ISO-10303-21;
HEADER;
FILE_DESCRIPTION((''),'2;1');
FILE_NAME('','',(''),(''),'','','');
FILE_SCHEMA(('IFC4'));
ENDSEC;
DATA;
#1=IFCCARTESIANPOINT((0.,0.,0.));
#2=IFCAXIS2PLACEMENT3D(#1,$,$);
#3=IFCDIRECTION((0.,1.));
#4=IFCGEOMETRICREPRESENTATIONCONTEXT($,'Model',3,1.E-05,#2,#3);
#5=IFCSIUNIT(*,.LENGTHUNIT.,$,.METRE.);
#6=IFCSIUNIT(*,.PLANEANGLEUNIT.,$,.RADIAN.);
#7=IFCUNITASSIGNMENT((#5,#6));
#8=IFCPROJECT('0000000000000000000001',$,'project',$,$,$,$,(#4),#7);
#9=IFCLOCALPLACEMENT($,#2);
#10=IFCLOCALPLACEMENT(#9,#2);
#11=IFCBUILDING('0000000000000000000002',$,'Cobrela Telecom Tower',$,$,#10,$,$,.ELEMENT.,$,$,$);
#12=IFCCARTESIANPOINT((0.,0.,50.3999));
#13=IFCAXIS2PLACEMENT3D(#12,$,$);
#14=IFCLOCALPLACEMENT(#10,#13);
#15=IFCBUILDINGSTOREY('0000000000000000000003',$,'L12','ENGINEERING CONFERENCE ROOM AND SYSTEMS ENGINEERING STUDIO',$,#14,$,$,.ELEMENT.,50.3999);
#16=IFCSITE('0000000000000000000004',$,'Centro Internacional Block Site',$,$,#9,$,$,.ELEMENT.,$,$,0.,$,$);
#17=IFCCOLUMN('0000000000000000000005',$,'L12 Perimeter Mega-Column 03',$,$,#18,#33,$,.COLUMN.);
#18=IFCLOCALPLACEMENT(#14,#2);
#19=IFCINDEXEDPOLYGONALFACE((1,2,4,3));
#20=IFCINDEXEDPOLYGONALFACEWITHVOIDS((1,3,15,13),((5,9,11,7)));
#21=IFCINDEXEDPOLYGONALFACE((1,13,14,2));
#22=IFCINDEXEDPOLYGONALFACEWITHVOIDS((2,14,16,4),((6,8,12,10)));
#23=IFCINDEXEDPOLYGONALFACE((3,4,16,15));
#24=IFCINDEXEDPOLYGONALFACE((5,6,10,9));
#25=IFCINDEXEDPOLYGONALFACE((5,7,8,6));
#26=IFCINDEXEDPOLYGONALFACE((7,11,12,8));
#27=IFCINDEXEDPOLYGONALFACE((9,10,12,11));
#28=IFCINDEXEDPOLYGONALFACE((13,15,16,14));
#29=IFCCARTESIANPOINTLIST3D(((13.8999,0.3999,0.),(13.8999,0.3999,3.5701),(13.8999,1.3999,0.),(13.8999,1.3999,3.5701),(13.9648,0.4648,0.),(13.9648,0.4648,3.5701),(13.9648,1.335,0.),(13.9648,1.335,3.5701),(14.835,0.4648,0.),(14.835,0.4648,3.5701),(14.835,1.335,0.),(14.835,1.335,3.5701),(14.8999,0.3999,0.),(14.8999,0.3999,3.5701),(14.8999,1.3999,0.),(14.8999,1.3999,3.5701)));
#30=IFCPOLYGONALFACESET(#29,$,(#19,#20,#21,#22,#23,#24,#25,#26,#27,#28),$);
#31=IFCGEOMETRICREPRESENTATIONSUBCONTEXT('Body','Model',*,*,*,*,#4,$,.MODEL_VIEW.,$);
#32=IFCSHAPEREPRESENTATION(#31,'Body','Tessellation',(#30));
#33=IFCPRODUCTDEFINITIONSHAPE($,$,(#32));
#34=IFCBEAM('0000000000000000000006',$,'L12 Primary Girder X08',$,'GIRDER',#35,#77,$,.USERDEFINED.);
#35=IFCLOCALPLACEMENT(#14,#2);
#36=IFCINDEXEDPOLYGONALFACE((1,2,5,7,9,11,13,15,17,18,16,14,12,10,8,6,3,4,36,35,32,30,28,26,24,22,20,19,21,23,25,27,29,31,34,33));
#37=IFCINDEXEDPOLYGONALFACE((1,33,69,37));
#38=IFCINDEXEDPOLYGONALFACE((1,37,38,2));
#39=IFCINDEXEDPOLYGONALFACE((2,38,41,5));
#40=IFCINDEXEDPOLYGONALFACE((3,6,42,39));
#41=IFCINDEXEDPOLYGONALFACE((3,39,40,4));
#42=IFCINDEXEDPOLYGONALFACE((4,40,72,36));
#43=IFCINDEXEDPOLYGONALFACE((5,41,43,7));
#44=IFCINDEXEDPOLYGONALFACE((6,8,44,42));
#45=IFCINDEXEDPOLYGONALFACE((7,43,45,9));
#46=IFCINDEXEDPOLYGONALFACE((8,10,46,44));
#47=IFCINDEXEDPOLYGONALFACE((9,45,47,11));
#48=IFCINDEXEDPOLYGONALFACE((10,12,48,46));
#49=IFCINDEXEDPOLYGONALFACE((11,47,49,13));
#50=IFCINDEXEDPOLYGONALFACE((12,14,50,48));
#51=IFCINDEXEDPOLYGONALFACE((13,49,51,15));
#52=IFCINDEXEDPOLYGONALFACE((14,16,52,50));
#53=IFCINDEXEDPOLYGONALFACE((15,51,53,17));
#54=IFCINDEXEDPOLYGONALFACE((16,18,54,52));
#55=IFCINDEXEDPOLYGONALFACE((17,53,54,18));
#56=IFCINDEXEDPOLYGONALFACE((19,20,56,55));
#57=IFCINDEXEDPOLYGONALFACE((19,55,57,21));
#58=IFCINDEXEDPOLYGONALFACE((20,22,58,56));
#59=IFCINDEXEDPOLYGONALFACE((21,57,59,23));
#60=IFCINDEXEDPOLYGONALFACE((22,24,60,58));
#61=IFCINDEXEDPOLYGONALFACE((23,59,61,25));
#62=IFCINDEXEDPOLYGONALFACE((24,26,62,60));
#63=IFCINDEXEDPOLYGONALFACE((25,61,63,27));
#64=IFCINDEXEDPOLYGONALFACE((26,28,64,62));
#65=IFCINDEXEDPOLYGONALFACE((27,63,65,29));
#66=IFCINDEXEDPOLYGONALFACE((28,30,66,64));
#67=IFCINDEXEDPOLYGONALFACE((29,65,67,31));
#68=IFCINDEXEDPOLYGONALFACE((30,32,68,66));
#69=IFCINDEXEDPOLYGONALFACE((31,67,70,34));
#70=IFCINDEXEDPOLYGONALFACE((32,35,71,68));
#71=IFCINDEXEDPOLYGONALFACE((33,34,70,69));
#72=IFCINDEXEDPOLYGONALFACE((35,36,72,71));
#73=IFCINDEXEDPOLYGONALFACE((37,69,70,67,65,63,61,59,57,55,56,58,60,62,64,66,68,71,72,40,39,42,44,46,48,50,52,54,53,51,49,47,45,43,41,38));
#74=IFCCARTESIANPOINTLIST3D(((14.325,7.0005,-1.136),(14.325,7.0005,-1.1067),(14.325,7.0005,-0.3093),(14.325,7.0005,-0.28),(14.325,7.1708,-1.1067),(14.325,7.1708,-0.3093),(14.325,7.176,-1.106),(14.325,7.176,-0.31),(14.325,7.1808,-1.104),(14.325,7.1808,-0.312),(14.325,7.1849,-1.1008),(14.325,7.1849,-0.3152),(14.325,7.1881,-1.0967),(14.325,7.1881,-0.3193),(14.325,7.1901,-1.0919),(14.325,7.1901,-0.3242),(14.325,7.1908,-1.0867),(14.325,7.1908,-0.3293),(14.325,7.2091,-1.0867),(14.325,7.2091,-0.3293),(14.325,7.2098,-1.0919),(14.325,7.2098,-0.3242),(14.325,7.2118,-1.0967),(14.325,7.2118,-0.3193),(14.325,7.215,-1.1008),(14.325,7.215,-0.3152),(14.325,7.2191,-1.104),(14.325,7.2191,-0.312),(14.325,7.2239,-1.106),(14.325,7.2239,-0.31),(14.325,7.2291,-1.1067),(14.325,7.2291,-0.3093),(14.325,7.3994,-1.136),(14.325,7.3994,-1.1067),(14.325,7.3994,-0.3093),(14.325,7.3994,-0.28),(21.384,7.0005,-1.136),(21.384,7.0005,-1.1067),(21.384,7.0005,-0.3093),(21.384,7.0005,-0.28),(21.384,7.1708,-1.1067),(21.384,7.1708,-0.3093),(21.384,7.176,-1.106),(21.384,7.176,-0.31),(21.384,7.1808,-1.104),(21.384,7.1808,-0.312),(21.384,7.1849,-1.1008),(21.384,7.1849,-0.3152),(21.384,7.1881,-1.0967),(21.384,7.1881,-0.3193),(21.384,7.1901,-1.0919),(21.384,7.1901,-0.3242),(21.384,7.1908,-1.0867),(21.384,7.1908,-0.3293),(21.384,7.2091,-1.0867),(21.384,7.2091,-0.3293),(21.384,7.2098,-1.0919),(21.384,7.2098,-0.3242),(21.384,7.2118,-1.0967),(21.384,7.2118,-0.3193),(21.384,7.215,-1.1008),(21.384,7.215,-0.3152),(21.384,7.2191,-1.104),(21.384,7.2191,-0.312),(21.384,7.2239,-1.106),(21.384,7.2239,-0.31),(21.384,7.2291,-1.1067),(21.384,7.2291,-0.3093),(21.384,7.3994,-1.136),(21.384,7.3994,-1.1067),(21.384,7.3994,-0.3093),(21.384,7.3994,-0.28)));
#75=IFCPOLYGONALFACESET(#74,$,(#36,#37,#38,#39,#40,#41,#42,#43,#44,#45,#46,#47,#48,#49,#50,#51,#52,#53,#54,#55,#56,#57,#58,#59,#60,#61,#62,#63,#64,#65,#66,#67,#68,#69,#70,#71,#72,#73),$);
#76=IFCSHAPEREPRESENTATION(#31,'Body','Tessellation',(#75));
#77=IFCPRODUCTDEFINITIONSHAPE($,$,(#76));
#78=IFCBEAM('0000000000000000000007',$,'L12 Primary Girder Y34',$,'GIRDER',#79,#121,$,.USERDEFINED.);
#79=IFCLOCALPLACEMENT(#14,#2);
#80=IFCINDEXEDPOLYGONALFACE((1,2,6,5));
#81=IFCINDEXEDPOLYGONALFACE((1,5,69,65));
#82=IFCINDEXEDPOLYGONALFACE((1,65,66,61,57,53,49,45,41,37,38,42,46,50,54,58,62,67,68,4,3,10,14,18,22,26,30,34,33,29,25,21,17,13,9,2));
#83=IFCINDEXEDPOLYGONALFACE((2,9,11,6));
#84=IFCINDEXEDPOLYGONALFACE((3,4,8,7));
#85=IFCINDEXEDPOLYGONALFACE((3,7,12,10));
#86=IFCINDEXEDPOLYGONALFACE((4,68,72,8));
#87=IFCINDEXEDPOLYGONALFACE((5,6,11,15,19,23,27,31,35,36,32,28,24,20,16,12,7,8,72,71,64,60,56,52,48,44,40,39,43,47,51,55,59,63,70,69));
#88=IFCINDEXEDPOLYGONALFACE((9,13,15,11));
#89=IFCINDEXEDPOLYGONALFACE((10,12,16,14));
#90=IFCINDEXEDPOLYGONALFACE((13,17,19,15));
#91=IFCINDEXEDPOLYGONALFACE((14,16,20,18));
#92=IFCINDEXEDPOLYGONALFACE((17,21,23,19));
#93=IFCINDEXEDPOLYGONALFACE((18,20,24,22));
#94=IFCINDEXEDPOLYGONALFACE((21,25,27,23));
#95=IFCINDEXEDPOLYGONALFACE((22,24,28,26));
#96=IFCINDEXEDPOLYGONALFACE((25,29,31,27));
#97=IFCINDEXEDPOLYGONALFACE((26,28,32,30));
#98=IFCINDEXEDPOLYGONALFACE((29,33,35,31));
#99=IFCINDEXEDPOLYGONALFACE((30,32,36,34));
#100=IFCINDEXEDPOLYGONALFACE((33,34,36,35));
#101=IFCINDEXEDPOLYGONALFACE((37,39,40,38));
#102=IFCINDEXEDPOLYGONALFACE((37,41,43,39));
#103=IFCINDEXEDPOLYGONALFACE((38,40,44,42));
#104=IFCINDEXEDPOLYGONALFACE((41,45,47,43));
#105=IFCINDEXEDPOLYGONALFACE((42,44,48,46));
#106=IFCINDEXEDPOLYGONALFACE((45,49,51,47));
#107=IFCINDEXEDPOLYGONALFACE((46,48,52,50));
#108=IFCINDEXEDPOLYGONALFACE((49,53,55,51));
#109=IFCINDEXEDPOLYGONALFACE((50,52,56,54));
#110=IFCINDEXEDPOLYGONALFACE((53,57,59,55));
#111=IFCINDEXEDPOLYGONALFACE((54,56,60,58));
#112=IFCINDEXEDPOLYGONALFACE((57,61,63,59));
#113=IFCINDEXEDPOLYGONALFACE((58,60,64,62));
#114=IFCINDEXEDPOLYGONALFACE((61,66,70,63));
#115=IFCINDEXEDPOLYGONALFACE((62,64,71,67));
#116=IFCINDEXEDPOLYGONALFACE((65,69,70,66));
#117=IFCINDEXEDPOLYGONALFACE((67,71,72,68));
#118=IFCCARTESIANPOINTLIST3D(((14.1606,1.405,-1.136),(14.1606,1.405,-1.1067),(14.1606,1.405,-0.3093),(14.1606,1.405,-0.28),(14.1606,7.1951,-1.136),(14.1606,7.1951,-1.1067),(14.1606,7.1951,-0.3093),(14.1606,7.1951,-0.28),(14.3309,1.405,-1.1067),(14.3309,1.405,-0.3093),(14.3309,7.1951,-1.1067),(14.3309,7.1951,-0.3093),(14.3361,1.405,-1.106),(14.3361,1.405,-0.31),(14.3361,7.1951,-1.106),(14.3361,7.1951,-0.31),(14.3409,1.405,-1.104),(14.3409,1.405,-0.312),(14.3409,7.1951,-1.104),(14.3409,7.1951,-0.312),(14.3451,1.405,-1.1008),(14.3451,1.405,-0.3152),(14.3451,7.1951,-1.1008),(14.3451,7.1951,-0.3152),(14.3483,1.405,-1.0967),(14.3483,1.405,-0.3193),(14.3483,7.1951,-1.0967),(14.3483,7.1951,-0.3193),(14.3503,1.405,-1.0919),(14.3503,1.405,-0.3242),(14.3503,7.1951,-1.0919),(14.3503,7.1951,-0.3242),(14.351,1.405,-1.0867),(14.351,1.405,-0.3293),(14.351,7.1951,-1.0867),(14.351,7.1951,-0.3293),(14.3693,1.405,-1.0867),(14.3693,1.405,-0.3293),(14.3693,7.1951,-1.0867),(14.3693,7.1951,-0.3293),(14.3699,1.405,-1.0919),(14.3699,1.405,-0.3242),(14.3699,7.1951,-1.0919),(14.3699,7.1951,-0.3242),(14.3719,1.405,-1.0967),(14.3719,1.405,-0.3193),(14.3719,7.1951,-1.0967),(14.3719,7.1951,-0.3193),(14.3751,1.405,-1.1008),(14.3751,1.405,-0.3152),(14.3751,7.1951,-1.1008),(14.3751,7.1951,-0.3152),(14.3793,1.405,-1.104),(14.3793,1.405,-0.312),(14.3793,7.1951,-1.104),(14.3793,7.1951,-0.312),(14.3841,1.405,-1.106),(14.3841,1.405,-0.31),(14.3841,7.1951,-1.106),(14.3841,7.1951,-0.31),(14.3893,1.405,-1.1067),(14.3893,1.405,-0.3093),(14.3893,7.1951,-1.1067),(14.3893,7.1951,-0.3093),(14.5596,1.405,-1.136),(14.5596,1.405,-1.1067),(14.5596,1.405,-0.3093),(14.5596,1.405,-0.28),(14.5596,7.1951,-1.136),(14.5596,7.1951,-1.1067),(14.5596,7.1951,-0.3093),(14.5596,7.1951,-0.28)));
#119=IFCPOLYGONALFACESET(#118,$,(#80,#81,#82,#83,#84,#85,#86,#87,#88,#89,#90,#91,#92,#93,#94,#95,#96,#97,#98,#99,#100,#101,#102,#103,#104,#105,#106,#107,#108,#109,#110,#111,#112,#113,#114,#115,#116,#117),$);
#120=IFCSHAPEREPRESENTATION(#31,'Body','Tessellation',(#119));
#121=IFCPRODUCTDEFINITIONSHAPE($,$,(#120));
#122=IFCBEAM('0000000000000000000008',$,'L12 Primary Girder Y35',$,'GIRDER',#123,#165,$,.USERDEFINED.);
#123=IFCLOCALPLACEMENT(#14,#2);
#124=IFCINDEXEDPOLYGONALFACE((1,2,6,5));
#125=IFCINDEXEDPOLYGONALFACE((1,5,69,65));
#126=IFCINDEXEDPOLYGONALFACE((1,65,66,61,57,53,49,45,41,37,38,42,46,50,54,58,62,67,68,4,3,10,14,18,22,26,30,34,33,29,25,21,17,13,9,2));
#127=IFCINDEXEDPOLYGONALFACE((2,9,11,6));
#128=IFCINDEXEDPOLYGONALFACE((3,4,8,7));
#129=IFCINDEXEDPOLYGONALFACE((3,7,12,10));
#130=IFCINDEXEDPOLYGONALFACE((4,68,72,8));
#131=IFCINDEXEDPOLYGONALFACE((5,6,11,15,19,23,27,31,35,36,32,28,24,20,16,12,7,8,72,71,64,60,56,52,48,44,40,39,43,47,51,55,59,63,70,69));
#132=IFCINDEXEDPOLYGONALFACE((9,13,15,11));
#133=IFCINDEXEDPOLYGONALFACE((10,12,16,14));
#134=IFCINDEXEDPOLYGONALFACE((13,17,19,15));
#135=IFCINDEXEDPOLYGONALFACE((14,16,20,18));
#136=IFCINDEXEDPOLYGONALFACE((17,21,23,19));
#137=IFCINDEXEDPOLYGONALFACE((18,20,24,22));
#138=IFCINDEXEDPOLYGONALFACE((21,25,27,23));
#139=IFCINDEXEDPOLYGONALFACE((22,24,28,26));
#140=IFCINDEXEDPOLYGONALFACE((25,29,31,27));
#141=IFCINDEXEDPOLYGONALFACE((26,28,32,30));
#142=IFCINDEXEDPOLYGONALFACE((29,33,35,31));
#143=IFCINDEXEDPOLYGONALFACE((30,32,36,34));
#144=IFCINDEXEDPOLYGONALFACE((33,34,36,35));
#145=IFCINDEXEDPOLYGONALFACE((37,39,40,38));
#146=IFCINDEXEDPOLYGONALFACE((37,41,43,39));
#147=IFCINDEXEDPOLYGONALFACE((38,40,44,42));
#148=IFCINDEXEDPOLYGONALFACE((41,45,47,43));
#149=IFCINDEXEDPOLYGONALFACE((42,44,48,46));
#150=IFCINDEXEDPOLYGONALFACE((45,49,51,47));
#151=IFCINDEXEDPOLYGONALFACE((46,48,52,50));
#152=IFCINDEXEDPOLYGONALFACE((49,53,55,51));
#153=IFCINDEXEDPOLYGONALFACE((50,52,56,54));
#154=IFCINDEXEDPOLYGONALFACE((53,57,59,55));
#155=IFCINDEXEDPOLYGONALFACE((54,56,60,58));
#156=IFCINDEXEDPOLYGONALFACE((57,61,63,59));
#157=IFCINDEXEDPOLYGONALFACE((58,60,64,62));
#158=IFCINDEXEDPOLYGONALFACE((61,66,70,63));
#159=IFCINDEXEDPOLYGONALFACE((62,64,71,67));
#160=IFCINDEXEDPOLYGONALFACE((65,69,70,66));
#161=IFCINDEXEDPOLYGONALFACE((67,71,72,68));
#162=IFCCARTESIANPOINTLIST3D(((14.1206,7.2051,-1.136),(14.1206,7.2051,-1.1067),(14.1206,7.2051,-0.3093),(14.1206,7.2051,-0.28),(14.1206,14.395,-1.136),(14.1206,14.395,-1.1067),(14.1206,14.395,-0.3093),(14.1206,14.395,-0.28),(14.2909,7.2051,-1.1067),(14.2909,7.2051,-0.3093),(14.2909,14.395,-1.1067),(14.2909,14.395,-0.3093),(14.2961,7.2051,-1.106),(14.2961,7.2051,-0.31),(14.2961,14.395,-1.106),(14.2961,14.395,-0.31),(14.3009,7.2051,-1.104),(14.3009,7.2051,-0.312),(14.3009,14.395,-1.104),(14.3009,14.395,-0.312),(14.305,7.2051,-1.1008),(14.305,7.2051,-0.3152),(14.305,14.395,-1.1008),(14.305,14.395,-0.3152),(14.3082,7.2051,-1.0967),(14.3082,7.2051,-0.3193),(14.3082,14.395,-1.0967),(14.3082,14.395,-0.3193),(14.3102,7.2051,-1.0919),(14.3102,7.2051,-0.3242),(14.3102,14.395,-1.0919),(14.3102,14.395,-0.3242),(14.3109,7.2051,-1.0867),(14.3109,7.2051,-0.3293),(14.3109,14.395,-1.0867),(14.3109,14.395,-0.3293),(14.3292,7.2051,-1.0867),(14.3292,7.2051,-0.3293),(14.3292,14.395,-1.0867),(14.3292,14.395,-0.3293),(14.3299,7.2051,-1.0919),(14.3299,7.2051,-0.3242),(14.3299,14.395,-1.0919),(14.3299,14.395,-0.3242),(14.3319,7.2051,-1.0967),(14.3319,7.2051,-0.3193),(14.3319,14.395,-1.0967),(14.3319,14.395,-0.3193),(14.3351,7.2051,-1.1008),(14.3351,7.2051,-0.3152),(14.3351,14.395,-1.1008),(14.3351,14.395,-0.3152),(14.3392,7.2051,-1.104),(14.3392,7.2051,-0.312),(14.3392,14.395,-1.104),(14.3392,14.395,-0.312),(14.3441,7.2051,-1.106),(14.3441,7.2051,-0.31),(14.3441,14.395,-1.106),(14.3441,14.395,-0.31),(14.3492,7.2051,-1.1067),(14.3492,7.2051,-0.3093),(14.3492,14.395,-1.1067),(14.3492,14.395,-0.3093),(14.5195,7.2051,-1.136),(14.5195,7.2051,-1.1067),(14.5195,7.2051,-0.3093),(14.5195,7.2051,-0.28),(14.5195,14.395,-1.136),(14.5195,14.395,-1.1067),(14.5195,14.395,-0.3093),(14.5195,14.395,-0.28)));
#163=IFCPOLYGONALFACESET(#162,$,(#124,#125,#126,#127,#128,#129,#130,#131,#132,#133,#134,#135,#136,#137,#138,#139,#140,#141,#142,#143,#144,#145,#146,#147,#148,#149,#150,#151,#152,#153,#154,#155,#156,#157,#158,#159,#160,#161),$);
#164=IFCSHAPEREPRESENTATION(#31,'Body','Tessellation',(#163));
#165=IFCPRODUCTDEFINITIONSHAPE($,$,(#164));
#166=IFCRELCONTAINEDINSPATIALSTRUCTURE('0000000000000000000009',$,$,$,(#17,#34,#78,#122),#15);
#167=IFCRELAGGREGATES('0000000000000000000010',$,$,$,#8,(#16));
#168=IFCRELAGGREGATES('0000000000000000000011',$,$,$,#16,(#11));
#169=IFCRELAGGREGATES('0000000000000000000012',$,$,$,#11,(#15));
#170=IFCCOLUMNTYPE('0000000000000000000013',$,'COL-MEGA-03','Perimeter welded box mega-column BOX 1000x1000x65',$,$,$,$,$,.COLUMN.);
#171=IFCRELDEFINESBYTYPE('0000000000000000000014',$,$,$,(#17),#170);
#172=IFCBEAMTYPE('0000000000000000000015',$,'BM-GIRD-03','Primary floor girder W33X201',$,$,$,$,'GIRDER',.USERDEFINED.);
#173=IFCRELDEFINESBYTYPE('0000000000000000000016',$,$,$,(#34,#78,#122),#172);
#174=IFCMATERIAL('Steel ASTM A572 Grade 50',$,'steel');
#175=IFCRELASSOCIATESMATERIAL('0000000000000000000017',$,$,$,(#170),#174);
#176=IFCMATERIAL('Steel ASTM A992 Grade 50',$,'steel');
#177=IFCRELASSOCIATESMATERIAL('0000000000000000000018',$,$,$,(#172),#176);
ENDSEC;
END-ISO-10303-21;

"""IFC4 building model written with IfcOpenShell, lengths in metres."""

from ifc_helpers import new_model, si_unit, direction, frame, origin, origin_2d, place, context, subcontext, project, spatial, hollow_rectangle, i_section, extrude, material, material_profile, profile_set, type_object, element, save


model = new_model("IFC4")

# Units and contexts
model_context = context("Model", 3, precision=1e-05, world=origin(), true_north=direction((0.0, 1.0)))
body_context = subcontext(model_context, "Body", "Model", "MODEL_VIEW")
ifc_project = project(units=[si_unit("LENGTHUNIT", "METRE"), si_unit("PLANEANGLEUNIT", "RADIAN")], contexts=[model_context])

# Site, building, storey
site_placement = place(None, origin())
site = spatial("IfcSite", under=ifc_project, at=site_placement, Name="Centro Internacional Block Site", CompositionType="ELEMENT", RefElevation=0.0)
building_placement = place(site_placement, origin())
building = spatial("IfcBuilding", under=site, at=building_placement, Name="Cobrela Telecom Tower", CompositionType="ELEMENT")
storey_placement = place(building_placement, frame((0.0, 0.0, 50.3999)))
storey = spatial("IfcBuildingStorey", under=building, at=storey_placement, Name="L12", Description="ENGINEERING CONFERENCE ROOM AND SYSTEMS ENGINEERING STUDIO", CompositionType="ELEMENT", Elevation=50.3999)

# Column
ifc_material_1 = material(Name="Steel ASTM A572 Grade 50", Category="steel")
ifc_material_profile_1 = material_profile(ifc_material_1, hollow_rectangle(XDim=1.0, YDim=1.0, WallThickness=0.0649, at=origin_2d()), Name="BOX 1000x1000x65")
ifc_profile_set_1 = profile_set([ifc_material_profile_1], Name="Steel ASTM A572 Grade 50")
column_type = type_object("IfcColumnType", Name="COL-MEGA-03", Description="Perimeter welded box mega-column BOX 1000x1000x65", PredefinedType="COLUMN", material=ifc_profile_set_1)
column_placement = place(storey_placement, frame((14.3999, 0.8999, 0.0), z_axis=(0.0, 0.0, 1.0), x_axis=(1.0, 0.0, 0.0)))
element("IfcColumn", 1, at=column_placement, inside=storey, type_object=column_type, Name="L12 Perimeter Mega-Column 03", PredefinedType="COLUMN", context=body_context, shape_type="SweptSolid", body=[
    extrude(hollow_rectangle(XDim=1.0, YDim=1.0, WallThickness=0.0649, at=origin_2d()), origin(), (0.0, 0.0, 1.0), 3.5701),
])

# Beams
ifc_material_2 = material(Name="Steel ASTM A992 Grade 50", Category="steel")
ifc_material_profile_2 = material_profile(ifc_material_2, i_section(OverallWidth=0.3989, OverallDepth=0.856, WebThickness=0.0183, FlangeThickness=0.0293, FilletRadius=0.02, at=origin_2d()), Name="W33X201")
ifc_profile_set_2 = profile_set([ifc_material_profile_2], Name="Steel ASTM A992 Grade 50")
beam_type_1 = type_object("IfcBeamType", Name="BM-GIRD-03", Description="Primary floor girder W33X201", ElementType="GIRDER", PredefinedType="USERDEFINED", material=ifc_profile_set_2)
beam_1_placement = place(storey_placement, frame((14.325, 7.2, -0.708), z_axis=(1.0, 0.0, 0.0), x_axis=(0.0, 1.0, 0.0)))
element("IfcBeam", 2, at=beam_1_placement, inside=storey, type_object=beam_type_1, Name="L12 Primary Girder X08", ObjectType="GIRDER", PredefinedType="USERDEFINED", context=body_context, shape_type="SweptSolid", body=[
    extrude(i_section(OverallWidth=0.3989, OverallDepth=0.856, WebThickness=0.0183, FlangeThickness=0.0293, FilletRadius=0.02, at=origin_2d()), origin(), (0.0, 0.0, 1.0), 7.0591),
])
beam_2_placement = place(storey_placement, frame((14.3601, 1.405, -0.708), z_axis=(0.0, 1.0, 0.0), x_axis=(-1.0, 0.0, 0.0)))
element("IfcBeam", 3, at=beam_2_placement, inside=storey, type_object=beam_type_1, Name="L12 Primary Girder Y34", ObjectType="GIRDER", PredefinedType="USERDEFINED", context=body_context, shape_type="SweptSolid", body=[
    extrude(i_section(OverallWidth=0.3989, OverallDepth=0.856, WebThickness=0.0183, FlangeThickness=0.0293, FilletRadius=0.02, at=origin_2d()), origin(), (0.0, 0.0, 1.0), 5.79),
])
beam_3_placement = place(storey_placement, frame((14.3201, 7.2051, -0.708), z_axis=(0.0, 1.0, 0.0), x_axis=(-1.0, 0.0, 0.0)))
element("IfcBeam", 4, at=beam_3_placement, inside=storey, type_object=beam_type_1, Name="L12 Primary Girder Y35", ObjectType="GIRDER", PredefinedType="USERDEFINED", context=body_context, shape_type="SweptSolid", body=[
    extrude(i_section(OverallWidth=0.3989, OverallDepth=0.856, WebThickness=0.0183, FlangeThickness=0.0293, FilletRadius=0.02, at=origin_2d()), origin(), (0.0, 0.0, 1.0), 7.1899),
])

save(model, "model.ifc")
